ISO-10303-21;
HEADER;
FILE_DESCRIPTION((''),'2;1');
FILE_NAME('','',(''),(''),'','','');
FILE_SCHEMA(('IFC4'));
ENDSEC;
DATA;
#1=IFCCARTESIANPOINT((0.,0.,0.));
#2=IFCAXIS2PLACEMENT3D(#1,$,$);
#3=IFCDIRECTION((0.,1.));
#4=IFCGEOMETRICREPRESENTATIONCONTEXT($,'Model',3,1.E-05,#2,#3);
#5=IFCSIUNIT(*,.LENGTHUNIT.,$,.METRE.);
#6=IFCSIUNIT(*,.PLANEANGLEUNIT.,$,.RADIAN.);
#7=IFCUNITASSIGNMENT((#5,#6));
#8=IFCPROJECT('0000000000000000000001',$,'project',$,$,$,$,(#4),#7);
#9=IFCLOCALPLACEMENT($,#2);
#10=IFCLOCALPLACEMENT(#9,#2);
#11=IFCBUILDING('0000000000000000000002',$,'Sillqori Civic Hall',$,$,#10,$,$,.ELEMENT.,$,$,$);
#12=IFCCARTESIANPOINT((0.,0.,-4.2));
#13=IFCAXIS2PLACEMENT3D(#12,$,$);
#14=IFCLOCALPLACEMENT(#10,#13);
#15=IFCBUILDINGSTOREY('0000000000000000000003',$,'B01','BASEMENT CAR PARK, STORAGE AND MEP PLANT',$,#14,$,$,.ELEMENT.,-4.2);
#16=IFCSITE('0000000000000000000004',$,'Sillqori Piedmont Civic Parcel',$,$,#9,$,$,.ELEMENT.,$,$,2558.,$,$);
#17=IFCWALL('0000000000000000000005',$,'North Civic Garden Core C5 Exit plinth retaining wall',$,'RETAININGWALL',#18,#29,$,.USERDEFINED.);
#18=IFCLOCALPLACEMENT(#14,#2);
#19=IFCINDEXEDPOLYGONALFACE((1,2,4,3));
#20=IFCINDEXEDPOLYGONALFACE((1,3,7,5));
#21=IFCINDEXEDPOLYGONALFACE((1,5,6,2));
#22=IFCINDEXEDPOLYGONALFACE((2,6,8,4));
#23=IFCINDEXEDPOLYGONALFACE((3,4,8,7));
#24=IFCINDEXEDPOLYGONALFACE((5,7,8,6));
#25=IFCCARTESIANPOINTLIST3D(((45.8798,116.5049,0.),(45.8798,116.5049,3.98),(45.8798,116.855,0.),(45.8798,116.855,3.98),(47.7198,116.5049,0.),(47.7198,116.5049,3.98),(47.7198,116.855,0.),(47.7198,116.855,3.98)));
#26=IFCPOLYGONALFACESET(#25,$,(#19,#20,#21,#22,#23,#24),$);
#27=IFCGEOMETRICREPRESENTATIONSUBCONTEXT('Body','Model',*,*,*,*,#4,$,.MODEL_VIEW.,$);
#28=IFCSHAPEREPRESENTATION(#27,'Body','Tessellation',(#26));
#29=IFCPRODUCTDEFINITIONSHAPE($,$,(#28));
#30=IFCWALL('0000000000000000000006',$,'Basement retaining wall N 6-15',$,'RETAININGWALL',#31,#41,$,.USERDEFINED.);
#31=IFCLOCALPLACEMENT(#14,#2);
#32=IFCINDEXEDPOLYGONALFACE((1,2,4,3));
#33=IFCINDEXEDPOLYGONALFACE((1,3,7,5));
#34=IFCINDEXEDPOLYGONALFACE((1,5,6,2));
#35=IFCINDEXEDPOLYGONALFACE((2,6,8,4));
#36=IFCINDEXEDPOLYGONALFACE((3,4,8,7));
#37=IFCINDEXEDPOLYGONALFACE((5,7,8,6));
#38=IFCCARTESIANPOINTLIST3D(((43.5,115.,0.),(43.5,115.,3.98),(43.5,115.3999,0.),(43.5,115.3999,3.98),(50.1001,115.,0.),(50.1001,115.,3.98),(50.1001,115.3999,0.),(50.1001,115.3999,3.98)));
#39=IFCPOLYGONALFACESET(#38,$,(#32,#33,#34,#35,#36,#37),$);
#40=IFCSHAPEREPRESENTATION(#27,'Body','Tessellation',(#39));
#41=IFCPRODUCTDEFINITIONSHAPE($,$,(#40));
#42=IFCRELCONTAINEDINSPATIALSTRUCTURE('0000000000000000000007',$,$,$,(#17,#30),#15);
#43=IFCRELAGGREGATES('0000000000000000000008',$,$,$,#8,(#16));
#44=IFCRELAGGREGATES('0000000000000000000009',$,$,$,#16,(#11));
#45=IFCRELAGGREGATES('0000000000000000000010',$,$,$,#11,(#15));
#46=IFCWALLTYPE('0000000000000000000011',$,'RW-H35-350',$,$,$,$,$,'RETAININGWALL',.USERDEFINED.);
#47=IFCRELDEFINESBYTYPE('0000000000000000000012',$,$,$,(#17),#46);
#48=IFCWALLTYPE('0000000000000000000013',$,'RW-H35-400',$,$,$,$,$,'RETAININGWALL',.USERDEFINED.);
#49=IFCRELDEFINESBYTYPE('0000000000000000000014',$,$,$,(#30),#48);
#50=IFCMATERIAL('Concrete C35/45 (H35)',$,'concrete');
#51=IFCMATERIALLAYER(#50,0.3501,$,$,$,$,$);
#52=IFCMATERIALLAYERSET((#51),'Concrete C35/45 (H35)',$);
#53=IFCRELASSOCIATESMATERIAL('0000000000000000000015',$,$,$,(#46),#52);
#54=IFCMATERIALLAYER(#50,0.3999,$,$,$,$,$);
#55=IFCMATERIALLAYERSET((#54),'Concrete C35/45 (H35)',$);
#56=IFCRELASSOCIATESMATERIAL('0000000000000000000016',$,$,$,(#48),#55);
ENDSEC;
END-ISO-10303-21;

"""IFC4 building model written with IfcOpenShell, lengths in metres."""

from ifc_helpers import new_model, si_unit, direction, frame, frame_2d, origin, place, context, subcontext, project, spatial, rectangle, extrude, material, layer, layer_set, type_object, element, save


model = new_model("IFC4")

# Units and contexts
model_context = context("Model", 3, precision=1e-05, world=origin(), true_north=direction((0.0, 1.0)))
body_context = subcontext(model_context, "Body", "Model", "MODEL_VIEW")
ifc_project = project(units=[si_unit("LENGTHUNIT", "METRE"), si_unit("PLANEANGLEUNIT", "RADIAN")], contexts=[model_context])

# Site, building, storey
site_placement = place(None, origin())
site = spatial("IfcSite", under=ifc_project, at=site_placement, Name="Sillqori Piedmont Civic Parcel", CompositionType="ELEMENT", RefElevation=2558.0)
building_placement = place(site_placement, origin())
building = spatial("IfcBuilding", under=site, at=building_placement, Name="Sillqori Civic Hall", CompositionType="ELEMENT")
storey_placement = place(building_placement, frame((0.0, 0.0, -4.2)))
storey = spatial("IfcBuildingStorey", under=building, at=storey_placement, Name="B01", Description="BASEMENT CAR PARK, STORAGE AND MEP PLANT", CompositionType="ELEMENT", Elevation=-4.2)

# Shared definitions
ifc_material_1 = material(Name="Concrete C35/45 (H35)", Category="concrete")

# Walls
ifc_layer_1 = layer(ifc_material_1, 0.3501)
ifc_layer_set_1 = layer_set([ifc_layer_1], Name="Concrete C35/45 (H35)")
wall_type_1 = type_object("IfcWallType", Name="RW-H35-350", ElementType="RETAININGWALL", PredefinedType="USERDEFINED", material=ifc_layer_set_1)
wall_1_placement = place(storey_placement, frame((45.8799, 116.6799, 0.0), z_axis=(0.0, 0.0, 1.0), x_axis=(1.0, 0.0, 0.0)))
element("IfcWall", 1, at=wall_1_placement, inside=storey, type_object=wall_type_1, Name="North Civic Garden Core C5 Exit plinth retaining wall", ObjectType="RETAININGWALL", PredefinedType="USERDEFINED", context=body_context, shape_type="SweptSolid", body=[
    extrude(rectangle(XDim=1.8401, YDim=0.3501, at=frame_2d((0.9199, 0.0))), origin(), (0.0, 0.0, 1.0), 3.98),
])
ifc_layer_2 = layer(ifc_material_1, 0.3999)
ifc_layer_set_2 = layer_set([ifc_layer_2], Name="Concrete C35/45 (H35)")
wall_type_2 = type_object("IfcWallType", Name="RW-H35-400", ElementType="RETAININGWALL", PredefinedType="USERDEFINED", material=ifc_layer_set_2)
wall_2_placement = place(storey_placement, frame((43.5, 115.2, 0.0), z_axis=(0.0, 0.0, 1.0), x_axis=(1.0, 0.0, 0.0)))
element("IfcWall", 2, at=wall_2_placement, inside=storey, type_object=wall_type_2, Name="Basement retaining wall N 6-15", ObjectType="RETAININGWALL", PredefinedType="USERDEFINED", context=body_context, shape_type="SweptSolid", body=[
    extrude(rectangle(XDim=6.6001, YDim=0.3999, at=frame_2d((3.3, 0.0))), origin(), (0.0, 0.0, 1.0), 3.98),
])

save(model, "model.ifc")
